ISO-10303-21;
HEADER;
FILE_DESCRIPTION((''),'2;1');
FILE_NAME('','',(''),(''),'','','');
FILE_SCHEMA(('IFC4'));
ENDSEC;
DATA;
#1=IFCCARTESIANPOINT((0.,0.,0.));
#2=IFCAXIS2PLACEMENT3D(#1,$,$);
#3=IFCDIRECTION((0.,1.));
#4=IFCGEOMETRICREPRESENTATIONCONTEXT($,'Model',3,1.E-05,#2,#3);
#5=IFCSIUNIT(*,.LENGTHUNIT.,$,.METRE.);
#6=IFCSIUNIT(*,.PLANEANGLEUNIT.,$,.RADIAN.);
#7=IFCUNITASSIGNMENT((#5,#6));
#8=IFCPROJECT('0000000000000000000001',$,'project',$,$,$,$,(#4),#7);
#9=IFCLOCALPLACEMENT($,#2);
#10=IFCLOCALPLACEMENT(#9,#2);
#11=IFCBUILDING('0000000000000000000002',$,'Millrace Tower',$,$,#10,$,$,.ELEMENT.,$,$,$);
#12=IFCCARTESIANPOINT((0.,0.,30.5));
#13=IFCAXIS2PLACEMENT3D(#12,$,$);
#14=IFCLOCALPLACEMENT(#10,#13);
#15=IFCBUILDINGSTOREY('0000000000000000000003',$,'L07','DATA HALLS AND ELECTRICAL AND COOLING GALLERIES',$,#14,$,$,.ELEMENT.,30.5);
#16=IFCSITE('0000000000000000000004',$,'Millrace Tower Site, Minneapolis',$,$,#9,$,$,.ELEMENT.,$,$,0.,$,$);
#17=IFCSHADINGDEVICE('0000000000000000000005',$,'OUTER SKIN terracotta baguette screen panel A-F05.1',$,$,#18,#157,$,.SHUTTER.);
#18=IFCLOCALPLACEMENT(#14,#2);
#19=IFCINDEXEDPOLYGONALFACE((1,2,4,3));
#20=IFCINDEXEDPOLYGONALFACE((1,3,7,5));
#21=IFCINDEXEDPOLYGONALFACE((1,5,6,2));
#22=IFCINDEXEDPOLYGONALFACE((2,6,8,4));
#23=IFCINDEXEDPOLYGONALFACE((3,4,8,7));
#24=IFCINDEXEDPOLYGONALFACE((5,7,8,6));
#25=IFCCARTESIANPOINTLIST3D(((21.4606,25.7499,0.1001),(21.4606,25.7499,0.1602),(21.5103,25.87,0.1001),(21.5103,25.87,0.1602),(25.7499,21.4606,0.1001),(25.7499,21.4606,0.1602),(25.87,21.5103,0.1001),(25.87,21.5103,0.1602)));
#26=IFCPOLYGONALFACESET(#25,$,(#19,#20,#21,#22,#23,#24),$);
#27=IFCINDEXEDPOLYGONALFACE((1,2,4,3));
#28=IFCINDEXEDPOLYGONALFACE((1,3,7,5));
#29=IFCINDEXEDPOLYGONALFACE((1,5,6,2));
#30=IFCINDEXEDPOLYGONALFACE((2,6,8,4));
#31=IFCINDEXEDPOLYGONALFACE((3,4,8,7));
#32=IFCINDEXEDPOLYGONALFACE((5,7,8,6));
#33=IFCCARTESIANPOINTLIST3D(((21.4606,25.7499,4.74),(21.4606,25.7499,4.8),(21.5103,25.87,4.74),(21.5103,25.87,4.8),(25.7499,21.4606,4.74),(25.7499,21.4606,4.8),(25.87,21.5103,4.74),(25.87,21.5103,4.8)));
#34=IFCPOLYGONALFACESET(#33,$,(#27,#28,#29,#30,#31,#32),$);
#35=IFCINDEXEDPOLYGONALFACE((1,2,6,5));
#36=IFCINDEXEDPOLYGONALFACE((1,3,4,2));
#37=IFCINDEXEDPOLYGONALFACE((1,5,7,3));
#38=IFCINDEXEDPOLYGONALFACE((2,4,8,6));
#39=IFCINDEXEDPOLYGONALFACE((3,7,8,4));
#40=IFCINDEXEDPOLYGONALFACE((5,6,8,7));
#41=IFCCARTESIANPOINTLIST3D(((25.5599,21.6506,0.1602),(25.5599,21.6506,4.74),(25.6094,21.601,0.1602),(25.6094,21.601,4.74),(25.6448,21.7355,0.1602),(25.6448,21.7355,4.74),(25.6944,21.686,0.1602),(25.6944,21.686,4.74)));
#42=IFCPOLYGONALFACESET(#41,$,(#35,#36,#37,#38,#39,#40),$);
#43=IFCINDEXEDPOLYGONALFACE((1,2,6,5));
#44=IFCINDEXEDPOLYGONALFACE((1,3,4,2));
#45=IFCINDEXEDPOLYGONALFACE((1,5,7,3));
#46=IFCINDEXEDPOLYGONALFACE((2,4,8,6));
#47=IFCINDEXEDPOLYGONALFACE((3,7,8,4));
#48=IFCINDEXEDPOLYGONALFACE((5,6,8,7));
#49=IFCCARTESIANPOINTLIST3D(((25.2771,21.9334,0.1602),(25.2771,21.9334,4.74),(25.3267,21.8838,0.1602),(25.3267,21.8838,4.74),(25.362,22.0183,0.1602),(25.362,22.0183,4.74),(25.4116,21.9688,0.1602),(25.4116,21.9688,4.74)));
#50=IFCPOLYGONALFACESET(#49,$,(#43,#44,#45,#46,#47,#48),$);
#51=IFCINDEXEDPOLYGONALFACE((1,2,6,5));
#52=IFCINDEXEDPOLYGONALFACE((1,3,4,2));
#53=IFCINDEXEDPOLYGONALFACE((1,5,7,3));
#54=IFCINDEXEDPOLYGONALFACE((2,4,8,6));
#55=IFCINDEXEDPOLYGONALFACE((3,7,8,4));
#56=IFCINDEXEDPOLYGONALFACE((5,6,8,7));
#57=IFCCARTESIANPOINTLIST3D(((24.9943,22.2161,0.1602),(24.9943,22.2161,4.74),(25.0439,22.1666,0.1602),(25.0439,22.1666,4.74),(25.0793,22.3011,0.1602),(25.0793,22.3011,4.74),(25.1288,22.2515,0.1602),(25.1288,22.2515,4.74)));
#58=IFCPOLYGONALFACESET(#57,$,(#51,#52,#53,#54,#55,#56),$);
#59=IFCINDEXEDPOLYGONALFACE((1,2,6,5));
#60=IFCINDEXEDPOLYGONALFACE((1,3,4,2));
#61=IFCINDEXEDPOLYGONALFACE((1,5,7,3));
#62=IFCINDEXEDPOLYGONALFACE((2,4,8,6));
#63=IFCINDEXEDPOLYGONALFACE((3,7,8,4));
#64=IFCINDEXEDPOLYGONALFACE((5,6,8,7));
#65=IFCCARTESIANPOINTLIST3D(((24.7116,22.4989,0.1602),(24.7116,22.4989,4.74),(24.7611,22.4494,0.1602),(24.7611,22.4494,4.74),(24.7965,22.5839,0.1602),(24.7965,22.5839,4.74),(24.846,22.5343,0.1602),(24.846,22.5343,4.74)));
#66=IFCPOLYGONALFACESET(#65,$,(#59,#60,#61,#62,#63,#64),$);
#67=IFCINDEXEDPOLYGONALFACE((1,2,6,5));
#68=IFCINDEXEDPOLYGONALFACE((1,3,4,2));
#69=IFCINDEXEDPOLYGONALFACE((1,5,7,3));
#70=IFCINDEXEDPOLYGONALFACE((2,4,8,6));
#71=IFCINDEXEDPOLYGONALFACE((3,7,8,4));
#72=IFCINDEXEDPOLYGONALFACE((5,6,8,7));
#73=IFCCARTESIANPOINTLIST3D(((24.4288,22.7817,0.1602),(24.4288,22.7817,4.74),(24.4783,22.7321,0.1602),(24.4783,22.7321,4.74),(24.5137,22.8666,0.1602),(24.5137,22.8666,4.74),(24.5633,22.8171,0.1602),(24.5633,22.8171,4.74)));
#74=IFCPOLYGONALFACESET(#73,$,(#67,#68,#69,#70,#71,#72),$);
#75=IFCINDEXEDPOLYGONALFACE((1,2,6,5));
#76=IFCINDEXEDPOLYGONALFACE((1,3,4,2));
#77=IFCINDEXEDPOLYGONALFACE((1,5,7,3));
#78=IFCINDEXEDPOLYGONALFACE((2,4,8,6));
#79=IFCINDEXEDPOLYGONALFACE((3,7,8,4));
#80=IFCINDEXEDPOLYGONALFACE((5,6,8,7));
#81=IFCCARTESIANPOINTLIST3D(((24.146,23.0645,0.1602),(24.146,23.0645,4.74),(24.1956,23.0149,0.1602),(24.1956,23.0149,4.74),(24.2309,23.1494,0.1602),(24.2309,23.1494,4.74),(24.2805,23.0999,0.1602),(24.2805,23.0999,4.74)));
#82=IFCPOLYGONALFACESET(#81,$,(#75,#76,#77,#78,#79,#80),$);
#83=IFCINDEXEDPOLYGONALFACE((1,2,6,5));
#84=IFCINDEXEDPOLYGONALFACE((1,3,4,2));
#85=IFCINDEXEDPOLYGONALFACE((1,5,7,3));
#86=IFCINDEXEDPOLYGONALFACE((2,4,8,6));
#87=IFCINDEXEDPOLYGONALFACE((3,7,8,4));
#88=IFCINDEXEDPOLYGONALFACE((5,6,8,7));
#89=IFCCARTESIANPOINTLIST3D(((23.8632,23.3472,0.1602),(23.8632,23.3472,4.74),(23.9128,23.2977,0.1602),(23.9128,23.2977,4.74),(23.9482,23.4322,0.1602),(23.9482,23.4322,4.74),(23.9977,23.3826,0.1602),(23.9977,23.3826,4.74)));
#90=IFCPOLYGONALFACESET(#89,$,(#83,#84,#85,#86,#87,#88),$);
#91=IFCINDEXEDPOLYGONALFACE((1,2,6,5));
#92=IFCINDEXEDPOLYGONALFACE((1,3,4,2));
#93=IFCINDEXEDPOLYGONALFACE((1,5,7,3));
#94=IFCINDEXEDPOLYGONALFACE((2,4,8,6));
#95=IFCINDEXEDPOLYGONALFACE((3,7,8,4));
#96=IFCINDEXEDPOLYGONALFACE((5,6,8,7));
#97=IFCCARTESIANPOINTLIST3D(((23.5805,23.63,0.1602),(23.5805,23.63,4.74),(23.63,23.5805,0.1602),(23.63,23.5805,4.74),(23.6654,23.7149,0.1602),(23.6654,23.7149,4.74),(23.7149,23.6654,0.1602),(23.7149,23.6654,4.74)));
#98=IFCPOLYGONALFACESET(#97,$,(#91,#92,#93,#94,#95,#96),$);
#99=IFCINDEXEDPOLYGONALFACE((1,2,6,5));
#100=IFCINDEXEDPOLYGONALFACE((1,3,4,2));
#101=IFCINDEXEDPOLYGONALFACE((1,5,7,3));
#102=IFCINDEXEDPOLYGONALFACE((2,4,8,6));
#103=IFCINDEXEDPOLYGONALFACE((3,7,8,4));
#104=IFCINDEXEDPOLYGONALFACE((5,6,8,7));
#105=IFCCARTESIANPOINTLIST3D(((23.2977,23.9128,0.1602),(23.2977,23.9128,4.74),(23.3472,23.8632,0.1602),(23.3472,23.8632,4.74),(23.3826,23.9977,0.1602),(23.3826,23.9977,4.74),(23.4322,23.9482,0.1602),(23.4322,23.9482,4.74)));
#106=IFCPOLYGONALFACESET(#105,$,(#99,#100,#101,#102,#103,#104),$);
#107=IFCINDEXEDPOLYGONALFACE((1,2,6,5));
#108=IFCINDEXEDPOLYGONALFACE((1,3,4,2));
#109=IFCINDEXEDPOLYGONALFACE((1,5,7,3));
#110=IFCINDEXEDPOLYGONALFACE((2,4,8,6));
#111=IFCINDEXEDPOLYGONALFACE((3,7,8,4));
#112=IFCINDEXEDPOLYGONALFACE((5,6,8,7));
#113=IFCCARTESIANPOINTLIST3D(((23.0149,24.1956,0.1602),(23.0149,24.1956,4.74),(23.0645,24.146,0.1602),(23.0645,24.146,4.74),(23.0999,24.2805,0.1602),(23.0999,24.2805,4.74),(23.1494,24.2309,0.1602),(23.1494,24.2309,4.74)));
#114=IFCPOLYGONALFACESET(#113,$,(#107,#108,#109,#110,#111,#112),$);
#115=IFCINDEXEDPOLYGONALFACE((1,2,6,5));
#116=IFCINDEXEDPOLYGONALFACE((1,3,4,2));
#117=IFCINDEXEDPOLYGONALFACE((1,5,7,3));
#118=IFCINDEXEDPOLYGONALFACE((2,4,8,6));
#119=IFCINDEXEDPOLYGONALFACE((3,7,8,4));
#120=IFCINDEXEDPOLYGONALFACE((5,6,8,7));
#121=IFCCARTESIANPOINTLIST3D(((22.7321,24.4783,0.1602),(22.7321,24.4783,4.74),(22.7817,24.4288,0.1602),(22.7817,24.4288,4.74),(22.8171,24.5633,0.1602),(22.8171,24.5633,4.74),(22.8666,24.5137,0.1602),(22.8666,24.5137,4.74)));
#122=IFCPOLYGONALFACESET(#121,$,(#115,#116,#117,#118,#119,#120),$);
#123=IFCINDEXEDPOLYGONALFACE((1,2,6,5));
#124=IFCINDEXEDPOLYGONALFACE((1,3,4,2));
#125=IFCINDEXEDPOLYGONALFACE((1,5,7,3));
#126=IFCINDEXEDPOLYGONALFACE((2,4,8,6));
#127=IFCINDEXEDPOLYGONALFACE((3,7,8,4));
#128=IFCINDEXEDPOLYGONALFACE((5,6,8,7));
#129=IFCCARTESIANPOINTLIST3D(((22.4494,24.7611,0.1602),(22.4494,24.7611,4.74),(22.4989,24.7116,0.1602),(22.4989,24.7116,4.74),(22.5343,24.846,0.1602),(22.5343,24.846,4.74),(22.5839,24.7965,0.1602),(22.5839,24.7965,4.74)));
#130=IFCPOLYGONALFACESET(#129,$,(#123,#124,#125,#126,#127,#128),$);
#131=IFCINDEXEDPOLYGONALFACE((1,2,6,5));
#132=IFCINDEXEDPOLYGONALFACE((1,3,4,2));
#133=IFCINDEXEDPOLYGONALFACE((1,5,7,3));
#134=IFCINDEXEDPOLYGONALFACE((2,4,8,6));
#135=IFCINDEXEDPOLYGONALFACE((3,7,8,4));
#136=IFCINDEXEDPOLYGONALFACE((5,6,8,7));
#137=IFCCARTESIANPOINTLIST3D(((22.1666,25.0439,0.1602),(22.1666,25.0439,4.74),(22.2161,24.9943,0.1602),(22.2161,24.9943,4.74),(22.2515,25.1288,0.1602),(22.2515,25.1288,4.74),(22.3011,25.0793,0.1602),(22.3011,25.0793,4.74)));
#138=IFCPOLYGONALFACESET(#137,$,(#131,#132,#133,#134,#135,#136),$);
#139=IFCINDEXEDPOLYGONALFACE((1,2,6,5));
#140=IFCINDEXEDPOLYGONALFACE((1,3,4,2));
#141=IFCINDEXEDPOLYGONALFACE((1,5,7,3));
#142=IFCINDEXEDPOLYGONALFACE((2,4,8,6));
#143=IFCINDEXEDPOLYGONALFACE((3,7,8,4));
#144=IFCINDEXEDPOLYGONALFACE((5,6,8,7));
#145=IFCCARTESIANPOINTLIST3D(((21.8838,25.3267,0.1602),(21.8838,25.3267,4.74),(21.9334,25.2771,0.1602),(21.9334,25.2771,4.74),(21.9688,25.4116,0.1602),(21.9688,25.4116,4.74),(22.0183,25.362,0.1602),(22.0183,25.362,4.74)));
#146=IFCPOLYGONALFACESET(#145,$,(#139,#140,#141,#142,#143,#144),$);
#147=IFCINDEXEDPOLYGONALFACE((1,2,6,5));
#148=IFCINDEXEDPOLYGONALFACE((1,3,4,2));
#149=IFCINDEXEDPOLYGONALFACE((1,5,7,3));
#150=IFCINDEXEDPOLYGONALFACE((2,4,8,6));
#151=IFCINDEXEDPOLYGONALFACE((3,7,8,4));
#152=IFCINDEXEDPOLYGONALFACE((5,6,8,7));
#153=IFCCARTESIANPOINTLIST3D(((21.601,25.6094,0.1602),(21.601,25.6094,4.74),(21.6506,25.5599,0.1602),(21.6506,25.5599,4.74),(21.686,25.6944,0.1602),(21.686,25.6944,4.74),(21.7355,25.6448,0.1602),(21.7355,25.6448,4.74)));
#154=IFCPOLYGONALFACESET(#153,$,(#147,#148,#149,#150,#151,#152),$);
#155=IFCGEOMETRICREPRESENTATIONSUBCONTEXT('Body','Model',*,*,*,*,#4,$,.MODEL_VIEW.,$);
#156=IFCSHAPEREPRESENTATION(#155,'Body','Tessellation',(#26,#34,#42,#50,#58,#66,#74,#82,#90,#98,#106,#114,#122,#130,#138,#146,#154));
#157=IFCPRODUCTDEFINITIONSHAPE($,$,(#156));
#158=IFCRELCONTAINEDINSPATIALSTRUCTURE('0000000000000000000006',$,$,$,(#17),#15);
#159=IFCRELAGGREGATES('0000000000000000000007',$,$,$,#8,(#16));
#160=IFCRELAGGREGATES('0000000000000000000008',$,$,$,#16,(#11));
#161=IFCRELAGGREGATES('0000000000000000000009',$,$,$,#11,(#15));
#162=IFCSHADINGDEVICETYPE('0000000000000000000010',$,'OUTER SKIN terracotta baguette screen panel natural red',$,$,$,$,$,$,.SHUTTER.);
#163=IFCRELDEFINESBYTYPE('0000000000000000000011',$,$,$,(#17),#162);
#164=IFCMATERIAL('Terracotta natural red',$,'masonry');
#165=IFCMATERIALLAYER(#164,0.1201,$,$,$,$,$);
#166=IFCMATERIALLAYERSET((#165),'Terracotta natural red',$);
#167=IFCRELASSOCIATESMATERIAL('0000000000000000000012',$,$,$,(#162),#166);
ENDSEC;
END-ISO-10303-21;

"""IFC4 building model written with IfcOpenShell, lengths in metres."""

from ifc_helpers import new_model, entity, si_unit, direction, frame, frame_2d, origin, origin_2d, place, context, subcontext, project, spatial, rectangle, extrude, source, transform, mapped, material, layer, layer_set, type_object, element, save


model = new_model("IFC4")

# Units and contexts
model_context = context("Model", 3, precision=1e-05, world=origin(), true_north=direction((0.0, 1.0)))
body_context = subcontext(model_context, "Body", "Model", "MODEL_VIEW")
ifc_project = project(units=[si_unit("LENGTHUNIT", "METRE"), si_unit("PLANEANGLEUNIT", "RADIAN")], contexts=[model_context])

# Site, building, storey
site_placement = place(None, origin())
site = spatial("IfcSite", under=ifc_project, at=site_placement, Name="Millrace Tower Site, Minneapolis", CompositionType="ELEMENT", RefElevation=0.0)
building_placement = place(site_placement, origin())
building = spatial("IfcBuilding", under=site, at=building_placement, Name="Millrace Tower", CompositionType="ELEMENT")
storey_placement = place(building_placement, frame((0.0, 0.0, 30.5)))
storey = spatial("IfcBuildingStorey", under=building, at=storey_placement, Name="L07", Description="DATA HALLS AND ELECTRICAL AND COOLING GALLERIES", CompositionType="ELEMENT", Elevation=30.5)

# Shading device
ifc_material_1 = material(Name="Terracotta natural red", Category="masonry")
ifc_layer_1 = layer(ifc_material_1, 0.1201)
ifc_layer_set_1 = layer_set([ifc_layer_1], Name="Terracotta natural red")
shading_device_type_1 = type_object("IfcShadingDeviceType", Name="OUTER SKIN terracotta baguette screen panel natural red", PredefinedType="SHUTTER", material=ifc_layer_set_1)
cartesian_point_1 = entity("IfcCartesianPoint", [-3.033, 0.0601])
shared_polyline_1 = entity("IfcPolyline", [cartesian_point_1, entity("IfcCartesianPoint", [3.033, 0.0601]), entity("IfcCartesianPoint", [3.0828, -0.0601]), entity("IfcCartesianPoint", [-3.0828, -0.0601]), cartesian_point_1])
shared_shape_1 = source(origin(), body_context, "Body", "SweptSolid", [
    entity("IfcExtrudedAreaSolid", entity("IfcArbitraryClosedProfileDef", "AREA", None, shared_polyline_1), entity("IfcAxis2Placement3D", entity("IfcCartesianPoint", [0.0, 0.0, 0.0])), entity("IfcDirection", [0.0, 0.0, 1.0]), 0.0601),
    entity("IfcExtrudedAreaSolid", entity("IfcArbitraryClosedProfileDef", "AREA", None, shared_polyline_1), entity("IfcAxis2Placement3D", entity("IfcCartesianPoint", [0.0, 0.0, 4.6399])), entity("IfcDirection", [0.0, 0.0, 1.0]), 0.0601),
    extrude(rectangle(XDim=0.0701, YDim=0.1201, at=frame_2d((-2.7993, 0.0))), frame((0.0, 0.0, 0.0601)), (0.0, 0.0, 1.0), 4.5798),
    extrude(rectangle(XDim=0.0701, YDim=0.1201, at=frame_2d((-2.3994, 0.0))), frame((0.0, 0.0, 0.0601)), (0.0, 0.0, 1.0), 4.5798),
    extrude(rectangle(XDim=0.0701, YDim=0.1201, at=frame_2d((-1.9995, 0.0))), frame((0.0, 0.0, 0.0601)), (0.0, 0.0, 1.0), 4.5798),
    extrude(rectangle(XDim=0.0701, YDim=0.1201, at=frame_2d((-1.5996, 0.0))), frame((0.0, 0.0, 0.0601)), (0.0, 0.0, 1.0), 4.5798),
    extrude(rectangle(XDim=0.0701, YDim=0.1201, at=frame_2d((-1.1997, 0.0))), frame((0.0, 0.0, 0.0601)), (0.0, 0.0, 1.0), 4.5798),
    extrude(rectangle(XDim=0.0701, YDim=0.1201, at=frame_2d((-0.7998, 0.0))), frame((0.0, 0.0, 0.0601)), (0.0, 0.0, 1.0), 4.5798),
    extrude(rectangle(XDim=0.0701, YDim=0.1201, at=frame_2d((-0.3999, 0.0))), frame((0.0, 0.0, 0.0601)), (0.0, 0.0, 1.0), 4.5798),
    extrude(rectangle(XDim=0.0701, YDim=0.1201, at=origin_2d()), frame((0.0, 0.0, 0.0601)), (0.0, 0.0, 1.0), 4.5798),
    extrude(rectangle(XDim=0.0701, YDim=0.1201, at=frame_2d((0.3999, 0.0))), frame((0.0, 0.0, 0.0601)), (0.0, 0.0, 1.0), 4.5798),
    extrude(rectangle(XDim=0.0701, YDim=0.1201, at=frame_2d((0.7998, 0.0))), frame((0.0, 0.0, 0.0601)), (0.0, 0.0, 1.0), 4.5798),
    extrude(rectangle(XDim=0.0701, YDim=0.1201, at=frame_2d((1.1997, 0.0))), frame((0.0, 0.0, 0.0601)), (0.0, 0.0, 1.0), 4.5798),
    extrude(rectangle(XDim=0.0701, YDim=0.1201, at=frame_2d((1.5996, 0.0))), frame((0.0, 0.0, 0.0601)), (0.0, 0.0, 1.0), 4.5798),
    extrude(rectangle(XDim=0.0701, YDim=0.1201, at=frame_2d((1.9995, 0.0))), frame((0.0, 0.0, 0.0601)), (0.0, 0.0, 1.0), 4.5798),
    extrude(rectangle(XDim=0.0701, YDim=0.1201, at=frame_2d((2.3994, 0.0))), frame((0.0, 0.0, 0.0601)), (0.0, 0.0, 1.0), 4.5798),
    extrude(rectangle(XDim=0.0701, YDim=0.1201, at=frame_2d((2.7993, 0.0))), frame((0.0, 0.0, 0.0601)), (0.0, 0.0, 1.0), 4.5798),
])
shading_device_1_placement = place(storey_placement, frame((23.6477, 23.6477, 0.1001), z_axis=(0.0, 0.0, 1.0), x_axis=(-0.707107, 0.707107, 0.0)))
element("IfcShadingDevice", 1, at=shading_device_1_placement, inside=storey, type_object=shading_device_type_1, Name="OUTER SKIN terracotta baguette screen panel A-F05.1", PredefinedType="SHUTTER", context=body_context, shape_type="MappedRepresentation", body=[
    mapped(shared_shape_1, transform((0.0, 0.0, 0.0), scale=1.0)),
])

save(model, "model.ifc")
